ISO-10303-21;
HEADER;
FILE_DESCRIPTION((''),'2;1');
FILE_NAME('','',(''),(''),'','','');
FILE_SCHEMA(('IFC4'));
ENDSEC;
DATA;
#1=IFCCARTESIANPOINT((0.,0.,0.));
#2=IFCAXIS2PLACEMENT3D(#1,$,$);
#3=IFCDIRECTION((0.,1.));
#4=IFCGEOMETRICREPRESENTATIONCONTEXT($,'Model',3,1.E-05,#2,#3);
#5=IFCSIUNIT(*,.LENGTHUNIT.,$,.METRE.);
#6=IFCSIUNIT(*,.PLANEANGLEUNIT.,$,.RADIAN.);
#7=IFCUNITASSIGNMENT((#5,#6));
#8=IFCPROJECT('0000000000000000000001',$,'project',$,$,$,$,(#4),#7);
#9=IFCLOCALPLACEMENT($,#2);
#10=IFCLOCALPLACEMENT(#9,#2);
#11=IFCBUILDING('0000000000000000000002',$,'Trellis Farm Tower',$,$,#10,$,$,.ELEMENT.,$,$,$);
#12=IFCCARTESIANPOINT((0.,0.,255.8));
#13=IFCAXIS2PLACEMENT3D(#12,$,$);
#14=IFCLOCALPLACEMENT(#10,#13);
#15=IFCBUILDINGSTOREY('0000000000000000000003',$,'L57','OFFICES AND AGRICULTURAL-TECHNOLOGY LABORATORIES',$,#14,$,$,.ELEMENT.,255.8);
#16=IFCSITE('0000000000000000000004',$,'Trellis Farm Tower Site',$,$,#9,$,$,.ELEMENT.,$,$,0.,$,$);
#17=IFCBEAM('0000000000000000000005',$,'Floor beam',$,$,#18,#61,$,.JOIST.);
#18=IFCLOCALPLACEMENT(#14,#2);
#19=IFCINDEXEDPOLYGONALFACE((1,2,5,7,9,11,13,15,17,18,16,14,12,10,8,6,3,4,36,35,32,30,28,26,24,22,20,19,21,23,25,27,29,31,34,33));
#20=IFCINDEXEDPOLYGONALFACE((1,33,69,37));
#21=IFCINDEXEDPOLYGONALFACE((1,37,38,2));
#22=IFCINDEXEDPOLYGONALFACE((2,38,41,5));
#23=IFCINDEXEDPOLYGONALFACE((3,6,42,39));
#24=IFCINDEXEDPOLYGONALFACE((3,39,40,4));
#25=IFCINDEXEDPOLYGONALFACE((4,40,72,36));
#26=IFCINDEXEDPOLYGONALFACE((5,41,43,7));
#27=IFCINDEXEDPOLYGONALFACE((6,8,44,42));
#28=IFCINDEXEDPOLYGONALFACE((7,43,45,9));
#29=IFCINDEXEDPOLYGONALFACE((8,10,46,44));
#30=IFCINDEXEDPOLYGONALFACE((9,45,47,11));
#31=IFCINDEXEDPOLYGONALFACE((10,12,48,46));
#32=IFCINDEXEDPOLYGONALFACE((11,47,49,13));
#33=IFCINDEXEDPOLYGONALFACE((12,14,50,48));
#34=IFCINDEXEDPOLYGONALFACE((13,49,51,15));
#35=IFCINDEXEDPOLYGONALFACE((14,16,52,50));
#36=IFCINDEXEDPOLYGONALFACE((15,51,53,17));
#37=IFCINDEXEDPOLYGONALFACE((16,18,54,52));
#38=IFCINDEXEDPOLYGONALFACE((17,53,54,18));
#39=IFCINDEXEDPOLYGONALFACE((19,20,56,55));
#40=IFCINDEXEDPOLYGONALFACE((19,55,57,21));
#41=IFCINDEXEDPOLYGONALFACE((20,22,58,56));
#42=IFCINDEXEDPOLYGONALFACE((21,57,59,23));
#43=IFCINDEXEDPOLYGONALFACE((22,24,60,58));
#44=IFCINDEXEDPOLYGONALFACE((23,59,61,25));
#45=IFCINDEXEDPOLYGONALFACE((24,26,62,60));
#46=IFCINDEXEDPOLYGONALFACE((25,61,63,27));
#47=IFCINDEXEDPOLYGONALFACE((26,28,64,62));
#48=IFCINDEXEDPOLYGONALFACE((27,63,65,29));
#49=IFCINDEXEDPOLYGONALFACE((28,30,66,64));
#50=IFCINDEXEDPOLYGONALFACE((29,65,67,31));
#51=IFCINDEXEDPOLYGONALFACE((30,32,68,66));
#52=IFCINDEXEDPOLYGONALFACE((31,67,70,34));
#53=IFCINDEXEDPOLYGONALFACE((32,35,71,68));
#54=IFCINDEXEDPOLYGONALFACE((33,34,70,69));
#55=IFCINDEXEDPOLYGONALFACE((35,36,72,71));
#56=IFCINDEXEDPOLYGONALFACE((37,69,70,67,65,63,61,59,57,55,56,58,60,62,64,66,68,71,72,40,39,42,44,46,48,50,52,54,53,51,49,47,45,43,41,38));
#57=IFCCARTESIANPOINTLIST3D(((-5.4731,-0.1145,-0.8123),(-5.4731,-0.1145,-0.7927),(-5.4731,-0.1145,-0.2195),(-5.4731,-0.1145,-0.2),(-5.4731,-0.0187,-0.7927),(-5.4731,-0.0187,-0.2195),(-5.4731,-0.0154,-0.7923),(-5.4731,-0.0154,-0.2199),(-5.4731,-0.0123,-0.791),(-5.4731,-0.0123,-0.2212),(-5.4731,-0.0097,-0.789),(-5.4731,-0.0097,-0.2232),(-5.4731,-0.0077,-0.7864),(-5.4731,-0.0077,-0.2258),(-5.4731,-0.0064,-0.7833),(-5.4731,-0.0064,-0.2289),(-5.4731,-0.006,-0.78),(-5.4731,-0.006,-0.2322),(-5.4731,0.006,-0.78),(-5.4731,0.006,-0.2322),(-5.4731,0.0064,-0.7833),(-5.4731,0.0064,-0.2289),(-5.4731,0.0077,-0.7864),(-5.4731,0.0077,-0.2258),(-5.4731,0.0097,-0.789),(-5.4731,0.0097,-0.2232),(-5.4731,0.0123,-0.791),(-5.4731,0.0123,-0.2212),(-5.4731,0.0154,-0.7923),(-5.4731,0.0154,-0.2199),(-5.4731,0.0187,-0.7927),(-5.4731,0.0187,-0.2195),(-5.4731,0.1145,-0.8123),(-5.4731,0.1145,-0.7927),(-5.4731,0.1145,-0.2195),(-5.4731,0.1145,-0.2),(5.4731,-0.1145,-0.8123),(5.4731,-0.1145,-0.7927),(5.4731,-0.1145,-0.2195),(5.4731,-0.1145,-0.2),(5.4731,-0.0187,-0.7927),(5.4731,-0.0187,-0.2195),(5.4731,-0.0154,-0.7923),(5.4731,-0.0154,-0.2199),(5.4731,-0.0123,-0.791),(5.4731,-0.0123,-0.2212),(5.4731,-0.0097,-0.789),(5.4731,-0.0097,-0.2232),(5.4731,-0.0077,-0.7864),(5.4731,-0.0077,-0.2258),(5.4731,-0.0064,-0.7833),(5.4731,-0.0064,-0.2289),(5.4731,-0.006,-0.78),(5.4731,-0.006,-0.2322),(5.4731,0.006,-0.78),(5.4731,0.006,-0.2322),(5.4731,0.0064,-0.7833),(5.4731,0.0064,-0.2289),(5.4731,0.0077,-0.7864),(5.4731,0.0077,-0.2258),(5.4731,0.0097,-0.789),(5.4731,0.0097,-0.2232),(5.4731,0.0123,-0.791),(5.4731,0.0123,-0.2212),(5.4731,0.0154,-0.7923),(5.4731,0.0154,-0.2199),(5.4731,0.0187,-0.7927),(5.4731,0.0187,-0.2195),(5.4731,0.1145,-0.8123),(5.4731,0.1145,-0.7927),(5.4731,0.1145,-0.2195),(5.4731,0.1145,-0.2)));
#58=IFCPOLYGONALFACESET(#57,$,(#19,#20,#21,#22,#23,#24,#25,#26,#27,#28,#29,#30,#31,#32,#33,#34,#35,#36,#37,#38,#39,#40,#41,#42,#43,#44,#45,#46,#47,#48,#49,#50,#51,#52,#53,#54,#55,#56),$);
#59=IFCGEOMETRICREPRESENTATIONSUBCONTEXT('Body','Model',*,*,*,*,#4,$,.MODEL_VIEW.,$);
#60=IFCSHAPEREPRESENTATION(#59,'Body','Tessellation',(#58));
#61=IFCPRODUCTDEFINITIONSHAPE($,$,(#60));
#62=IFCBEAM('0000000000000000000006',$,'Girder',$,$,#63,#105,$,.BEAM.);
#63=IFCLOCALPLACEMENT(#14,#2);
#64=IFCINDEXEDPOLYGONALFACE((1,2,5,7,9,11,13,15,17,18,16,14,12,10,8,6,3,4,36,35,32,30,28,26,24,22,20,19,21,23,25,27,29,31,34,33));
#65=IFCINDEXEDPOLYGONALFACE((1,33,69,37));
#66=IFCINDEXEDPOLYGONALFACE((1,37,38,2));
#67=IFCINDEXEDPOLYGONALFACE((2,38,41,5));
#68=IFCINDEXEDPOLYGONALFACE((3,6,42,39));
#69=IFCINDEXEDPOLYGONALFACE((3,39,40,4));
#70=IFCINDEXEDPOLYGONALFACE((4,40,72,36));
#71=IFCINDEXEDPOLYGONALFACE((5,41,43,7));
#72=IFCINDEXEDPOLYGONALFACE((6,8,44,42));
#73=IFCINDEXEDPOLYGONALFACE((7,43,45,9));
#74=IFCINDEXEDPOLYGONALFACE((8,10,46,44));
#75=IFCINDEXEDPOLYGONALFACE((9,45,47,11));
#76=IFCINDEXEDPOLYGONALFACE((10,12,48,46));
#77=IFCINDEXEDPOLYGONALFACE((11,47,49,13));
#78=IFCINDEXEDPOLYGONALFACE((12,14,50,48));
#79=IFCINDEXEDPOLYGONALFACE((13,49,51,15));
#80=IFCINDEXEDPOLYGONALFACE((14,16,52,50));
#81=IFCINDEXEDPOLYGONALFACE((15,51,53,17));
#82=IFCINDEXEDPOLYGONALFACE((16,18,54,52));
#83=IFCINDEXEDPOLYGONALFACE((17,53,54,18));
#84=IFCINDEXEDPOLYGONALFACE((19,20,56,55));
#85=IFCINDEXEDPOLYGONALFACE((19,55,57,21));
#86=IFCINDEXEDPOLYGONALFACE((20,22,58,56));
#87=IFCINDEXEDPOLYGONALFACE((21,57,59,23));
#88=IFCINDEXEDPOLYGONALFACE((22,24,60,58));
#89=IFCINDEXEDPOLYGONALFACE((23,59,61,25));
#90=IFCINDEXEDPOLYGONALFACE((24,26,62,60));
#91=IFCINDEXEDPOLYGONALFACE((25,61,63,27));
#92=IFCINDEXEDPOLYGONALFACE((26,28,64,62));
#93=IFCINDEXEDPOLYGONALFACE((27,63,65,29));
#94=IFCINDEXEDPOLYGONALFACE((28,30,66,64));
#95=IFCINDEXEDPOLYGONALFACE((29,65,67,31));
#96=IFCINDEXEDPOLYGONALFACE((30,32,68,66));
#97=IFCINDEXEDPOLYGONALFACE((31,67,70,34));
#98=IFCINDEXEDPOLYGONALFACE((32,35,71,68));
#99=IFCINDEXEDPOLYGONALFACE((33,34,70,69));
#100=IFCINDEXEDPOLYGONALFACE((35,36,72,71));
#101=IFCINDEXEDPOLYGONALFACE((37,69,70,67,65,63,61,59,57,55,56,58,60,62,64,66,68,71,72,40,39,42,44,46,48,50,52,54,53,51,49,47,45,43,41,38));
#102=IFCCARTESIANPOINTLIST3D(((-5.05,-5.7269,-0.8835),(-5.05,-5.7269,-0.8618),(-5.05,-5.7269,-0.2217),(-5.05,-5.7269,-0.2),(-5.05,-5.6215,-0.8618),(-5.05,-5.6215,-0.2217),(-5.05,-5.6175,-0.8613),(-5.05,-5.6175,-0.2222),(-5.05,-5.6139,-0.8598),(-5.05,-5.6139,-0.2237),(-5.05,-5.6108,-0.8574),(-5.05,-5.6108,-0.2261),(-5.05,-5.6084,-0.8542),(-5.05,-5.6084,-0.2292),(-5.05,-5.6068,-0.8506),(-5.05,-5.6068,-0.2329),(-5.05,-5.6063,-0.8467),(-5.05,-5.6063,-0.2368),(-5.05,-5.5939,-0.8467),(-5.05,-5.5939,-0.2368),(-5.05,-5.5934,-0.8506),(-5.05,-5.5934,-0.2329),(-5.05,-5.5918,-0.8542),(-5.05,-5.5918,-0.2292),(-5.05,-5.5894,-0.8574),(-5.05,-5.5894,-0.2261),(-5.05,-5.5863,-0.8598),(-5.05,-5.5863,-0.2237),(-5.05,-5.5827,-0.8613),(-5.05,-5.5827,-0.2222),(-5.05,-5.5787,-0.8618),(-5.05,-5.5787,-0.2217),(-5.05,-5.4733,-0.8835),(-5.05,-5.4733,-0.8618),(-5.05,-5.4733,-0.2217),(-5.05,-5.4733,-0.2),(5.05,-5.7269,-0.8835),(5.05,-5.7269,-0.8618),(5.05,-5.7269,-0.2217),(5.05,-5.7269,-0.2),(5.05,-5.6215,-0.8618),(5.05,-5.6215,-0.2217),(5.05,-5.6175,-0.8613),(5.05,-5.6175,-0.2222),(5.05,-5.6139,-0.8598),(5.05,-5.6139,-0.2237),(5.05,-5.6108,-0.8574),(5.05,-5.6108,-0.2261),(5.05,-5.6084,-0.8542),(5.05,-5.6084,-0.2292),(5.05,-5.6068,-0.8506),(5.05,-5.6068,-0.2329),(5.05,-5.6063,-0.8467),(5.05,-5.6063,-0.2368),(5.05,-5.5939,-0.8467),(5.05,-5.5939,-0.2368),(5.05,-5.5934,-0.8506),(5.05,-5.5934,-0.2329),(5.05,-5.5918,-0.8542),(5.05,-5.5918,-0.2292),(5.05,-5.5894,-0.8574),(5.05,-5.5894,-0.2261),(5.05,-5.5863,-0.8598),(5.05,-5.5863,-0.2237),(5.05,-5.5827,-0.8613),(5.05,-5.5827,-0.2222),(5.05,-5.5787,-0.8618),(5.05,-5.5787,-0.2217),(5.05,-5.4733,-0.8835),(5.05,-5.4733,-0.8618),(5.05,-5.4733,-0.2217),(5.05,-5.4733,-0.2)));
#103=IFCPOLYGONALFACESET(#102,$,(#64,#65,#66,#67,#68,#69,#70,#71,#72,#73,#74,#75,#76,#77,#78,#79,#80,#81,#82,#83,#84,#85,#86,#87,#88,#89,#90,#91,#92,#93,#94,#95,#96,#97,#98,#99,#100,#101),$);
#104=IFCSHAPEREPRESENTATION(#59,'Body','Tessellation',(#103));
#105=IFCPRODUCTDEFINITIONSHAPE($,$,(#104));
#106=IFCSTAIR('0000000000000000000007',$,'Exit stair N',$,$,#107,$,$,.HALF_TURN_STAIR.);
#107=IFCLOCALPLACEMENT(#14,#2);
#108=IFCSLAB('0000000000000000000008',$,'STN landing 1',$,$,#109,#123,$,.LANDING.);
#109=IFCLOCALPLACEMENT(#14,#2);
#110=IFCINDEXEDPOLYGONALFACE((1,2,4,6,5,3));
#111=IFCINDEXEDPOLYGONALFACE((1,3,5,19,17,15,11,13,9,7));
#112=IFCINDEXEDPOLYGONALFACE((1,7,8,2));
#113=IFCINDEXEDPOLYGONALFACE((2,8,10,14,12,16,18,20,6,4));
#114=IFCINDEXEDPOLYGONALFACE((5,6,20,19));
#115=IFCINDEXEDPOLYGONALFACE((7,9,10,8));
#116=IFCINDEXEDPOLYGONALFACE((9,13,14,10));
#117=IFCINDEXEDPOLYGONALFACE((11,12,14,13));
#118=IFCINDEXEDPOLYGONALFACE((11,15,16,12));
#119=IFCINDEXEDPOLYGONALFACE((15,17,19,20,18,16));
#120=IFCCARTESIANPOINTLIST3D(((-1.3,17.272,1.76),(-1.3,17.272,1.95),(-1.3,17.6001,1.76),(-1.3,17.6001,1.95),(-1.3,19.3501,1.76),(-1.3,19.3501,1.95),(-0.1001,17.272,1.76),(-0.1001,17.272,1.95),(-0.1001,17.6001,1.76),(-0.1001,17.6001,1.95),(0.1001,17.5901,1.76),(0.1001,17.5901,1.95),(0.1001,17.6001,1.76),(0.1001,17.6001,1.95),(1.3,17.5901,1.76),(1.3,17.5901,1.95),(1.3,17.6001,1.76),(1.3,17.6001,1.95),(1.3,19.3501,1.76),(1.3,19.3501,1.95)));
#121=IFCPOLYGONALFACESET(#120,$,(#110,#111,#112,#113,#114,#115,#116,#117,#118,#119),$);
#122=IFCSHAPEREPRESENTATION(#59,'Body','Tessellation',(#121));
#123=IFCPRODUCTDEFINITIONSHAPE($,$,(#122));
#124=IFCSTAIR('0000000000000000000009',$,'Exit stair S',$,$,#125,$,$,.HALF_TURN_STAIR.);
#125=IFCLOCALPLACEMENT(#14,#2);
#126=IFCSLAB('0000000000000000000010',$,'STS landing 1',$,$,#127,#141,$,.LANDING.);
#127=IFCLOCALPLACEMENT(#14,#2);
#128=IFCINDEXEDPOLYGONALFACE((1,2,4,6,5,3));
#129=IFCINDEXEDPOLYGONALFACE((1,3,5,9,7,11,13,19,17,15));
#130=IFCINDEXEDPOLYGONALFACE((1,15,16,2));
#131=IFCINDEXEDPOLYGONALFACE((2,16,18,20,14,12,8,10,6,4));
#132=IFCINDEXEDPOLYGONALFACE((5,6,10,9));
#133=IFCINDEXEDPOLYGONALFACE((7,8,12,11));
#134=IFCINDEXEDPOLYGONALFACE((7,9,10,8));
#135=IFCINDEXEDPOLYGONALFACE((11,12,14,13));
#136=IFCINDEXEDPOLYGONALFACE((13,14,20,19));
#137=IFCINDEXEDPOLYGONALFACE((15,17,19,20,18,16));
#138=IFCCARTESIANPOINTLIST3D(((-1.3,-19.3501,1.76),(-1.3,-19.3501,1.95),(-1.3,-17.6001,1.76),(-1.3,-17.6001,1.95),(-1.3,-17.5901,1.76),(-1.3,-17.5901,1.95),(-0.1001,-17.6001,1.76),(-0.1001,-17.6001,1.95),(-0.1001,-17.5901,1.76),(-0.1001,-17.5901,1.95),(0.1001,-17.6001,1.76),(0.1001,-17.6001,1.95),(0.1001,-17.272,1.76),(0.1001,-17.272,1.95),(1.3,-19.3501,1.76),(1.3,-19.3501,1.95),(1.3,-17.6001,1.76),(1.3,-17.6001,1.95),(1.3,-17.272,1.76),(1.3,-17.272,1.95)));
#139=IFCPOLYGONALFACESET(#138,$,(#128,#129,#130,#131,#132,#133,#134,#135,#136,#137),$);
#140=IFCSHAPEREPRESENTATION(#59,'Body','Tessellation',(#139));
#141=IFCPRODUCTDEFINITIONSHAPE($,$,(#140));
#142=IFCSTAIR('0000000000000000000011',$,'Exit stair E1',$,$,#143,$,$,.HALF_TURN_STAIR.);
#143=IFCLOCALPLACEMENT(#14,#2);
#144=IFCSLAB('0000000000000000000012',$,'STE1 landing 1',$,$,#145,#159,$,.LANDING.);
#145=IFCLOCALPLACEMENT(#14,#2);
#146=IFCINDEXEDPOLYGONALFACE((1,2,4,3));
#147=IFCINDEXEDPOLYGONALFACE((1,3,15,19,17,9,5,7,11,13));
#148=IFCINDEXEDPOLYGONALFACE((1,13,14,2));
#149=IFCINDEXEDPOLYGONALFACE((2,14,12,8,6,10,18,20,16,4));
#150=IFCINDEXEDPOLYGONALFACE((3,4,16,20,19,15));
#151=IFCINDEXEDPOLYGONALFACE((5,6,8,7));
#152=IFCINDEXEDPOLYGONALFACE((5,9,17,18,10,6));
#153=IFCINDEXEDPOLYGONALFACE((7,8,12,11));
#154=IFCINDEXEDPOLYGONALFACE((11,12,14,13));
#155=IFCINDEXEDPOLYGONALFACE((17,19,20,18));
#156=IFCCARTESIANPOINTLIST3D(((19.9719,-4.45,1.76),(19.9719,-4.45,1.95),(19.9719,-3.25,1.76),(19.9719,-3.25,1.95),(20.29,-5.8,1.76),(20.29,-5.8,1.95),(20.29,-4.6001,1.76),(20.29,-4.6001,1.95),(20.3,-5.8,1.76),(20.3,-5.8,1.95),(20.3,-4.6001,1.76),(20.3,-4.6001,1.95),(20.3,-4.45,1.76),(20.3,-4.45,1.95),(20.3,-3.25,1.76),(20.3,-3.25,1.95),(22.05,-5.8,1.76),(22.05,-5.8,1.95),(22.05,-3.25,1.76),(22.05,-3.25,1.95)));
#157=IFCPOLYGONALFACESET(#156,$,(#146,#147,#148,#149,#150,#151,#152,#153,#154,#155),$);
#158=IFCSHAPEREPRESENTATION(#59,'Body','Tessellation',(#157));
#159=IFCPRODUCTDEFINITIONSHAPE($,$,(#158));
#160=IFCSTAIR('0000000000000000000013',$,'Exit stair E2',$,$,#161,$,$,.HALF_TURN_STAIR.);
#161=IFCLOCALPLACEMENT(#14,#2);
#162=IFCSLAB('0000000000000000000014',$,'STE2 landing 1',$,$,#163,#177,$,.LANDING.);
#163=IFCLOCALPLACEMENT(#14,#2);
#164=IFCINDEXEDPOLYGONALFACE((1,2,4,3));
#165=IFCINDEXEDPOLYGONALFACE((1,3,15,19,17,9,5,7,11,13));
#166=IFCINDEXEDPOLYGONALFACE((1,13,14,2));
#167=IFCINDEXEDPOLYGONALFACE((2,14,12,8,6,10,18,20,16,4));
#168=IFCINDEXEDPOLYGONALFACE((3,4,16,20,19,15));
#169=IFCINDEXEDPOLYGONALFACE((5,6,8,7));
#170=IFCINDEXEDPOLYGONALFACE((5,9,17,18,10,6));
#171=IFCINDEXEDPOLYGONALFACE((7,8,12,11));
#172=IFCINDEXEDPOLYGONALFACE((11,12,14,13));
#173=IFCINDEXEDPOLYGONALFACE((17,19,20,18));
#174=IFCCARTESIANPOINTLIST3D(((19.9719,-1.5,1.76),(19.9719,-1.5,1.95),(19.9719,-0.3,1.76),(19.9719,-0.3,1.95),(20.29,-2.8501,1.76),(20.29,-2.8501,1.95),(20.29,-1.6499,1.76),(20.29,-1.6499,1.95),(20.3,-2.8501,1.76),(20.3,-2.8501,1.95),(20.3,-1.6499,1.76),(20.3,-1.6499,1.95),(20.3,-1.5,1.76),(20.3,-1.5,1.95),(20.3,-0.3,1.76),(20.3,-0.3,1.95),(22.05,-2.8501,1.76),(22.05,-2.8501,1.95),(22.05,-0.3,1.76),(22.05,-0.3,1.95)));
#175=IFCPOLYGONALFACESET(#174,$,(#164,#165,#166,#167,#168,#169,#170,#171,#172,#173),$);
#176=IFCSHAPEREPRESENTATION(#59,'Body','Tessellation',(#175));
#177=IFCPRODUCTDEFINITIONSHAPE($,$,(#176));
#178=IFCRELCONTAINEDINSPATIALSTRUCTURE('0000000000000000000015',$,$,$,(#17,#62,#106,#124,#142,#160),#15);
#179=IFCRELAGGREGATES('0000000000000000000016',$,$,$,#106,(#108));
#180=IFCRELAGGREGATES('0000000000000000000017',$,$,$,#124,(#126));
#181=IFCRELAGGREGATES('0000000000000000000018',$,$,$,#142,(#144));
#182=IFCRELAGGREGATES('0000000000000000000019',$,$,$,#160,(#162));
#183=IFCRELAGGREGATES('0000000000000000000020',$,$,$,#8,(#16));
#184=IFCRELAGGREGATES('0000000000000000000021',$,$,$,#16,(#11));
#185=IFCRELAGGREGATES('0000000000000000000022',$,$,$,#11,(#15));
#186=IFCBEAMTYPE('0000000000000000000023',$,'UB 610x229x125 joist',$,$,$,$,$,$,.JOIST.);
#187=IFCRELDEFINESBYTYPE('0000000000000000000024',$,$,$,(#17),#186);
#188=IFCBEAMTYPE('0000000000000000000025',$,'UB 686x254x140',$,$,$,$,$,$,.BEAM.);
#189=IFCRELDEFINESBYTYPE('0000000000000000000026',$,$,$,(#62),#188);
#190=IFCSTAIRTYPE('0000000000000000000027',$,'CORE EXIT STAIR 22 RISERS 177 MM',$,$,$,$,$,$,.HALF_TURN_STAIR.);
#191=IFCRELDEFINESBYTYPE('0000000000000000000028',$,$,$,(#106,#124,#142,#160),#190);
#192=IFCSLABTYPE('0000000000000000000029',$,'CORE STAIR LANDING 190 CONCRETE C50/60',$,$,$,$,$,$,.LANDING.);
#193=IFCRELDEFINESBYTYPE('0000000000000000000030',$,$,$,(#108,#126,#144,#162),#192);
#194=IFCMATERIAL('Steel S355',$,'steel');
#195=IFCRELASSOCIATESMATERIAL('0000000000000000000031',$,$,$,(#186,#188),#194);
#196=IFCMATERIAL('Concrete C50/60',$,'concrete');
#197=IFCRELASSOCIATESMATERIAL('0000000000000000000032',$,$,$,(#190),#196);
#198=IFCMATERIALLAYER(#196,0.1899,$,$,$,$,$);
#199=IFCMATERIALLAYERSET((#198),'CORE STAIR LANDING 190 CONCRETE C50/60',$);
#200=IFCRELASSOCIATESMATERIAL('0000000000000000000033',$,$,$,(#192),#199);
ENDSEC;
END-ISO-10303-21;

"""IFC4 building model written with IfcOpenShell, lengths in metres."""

from ifc_helpers import new_model, si_unit, direction, frame, origin, origin_2d, place, context, subcontext, project, spatial, polyline, i_section, outline, extrude, source, transform, mapped, material, layer, layer_set, material_profile, profile_set, type_object, element, aggregate, save


model = new_model("IFC4")

# Units and contexts
model_context = context("Model", 3, precision=1e-05, world=origin(), true_north=direction((0.0, 1.0)))
body_context = subcontext(model_context, "Body", "Model", "MODEL_VIEW")
ifc_project = project(units=[si_unit("LENGTHUNIT", "METRE"), si_unit("PLANEANGLEUNIT", "RADIAN")], contexts=[model_context])

# Site, building, storey
site_placement = place(None, origin())
site = spatial("IfcSite", under=ifc_project, at=site_placement, Name="Trellis Farm Tower Site", CompositionType="ELEMENT", RefElevation=0.0)
building_placement = place(site_placement, origin())
building = spatial("IfcBuilding", under=site, at=building_placement, Name="Trellis Farm Tower", CompositionType="ELEMENT")
storey_placement = place(building_placement, frame((0.0, 0.0, 255.8)))
storey = spatial("IfcBuildingStorey", under=building, at=storey_placement, Name="L57", Description="OFFICES AND AGRICULTURAL-TECHNOLOGY LABORATORIES", CompositionType="ELEMENT", Elevation=255.8)

# Beams
ifc_material_1 = material(Name="Steel S355", Category="steel")
ifc_material_profile_1 = material_profile(ifc_material_1, i_section(OverallWidth=0.229, OverallDepth=0.6123, WebThickness=0.012, FlangeThickness=0.0195, FilletRadius=0.0127, at=origin_2d()), Name="UB 610x229x125")
ifc_profile_set_1 = profile_set([ifc_material_profile_1], Name="Steel S355")
beam_type_1 = type_object("IfcBeamType", Name="UB 610x229x125 joist", PredefinedType="JOIST", material=ifc_profile_set_1)
shared_shape_1 = source(origin(), body_context, "Body", "SweptSolid", [
    extrude(i_section(OverallWidth=0.229, OverallDepth=0.6123, WebThickness=0.012, FlangeThickness=0.0195, FilletRadius=0.0127, at=origin_2d()), origin(), (0.0, 0.0, 1.0), 10.9463),
])
beam_1_placement = place(storey_placement, frame((-5.4731, 0.0, -0.5061), z_axis=(1.0, 0.0, 0.0), x_axis=(0.0, 1.0, 0.0)))
element("IfcBeam", 1, at=beam_1_placement, inside=storey, type_object=beam_type_1, Name="Floor beam", PredefinedType="JOIST", context=body_context, shape_type="MappedRepresentation", body=[
    mapped(shared_shape_1, transform((0.0, 0.0, 0.0))),
])
ifc_material_profile_2 = material_profile(ifc_material_1, i_section(OverallWidth=0.2537, OverallDepth=0.6836, WebThickness=0.0125, FlangeThickness=0.0217, FilletRadius=0.0151, at=origin_2d()), Name="UB 686x254x140")
ifc_profile_set_2 = profile_set([ifc_material_profile_2], Name="Steel S355")
beam_type_2 = type_object("IfcBeamType", Name="UB 686x254x140", PredefinedType="BEAM", material=ifc_profile_set_2)
shared_shape_2 = source(origin(), body_context, "Body", "SweptSolid", [
    extrude(i_section(OverallWidth=0.2537, OverallDepth=0.6836, WebThickness=0.0125, FlangeThickness=0.0217, FilletRadius=0.0151, at=origin_2d()), origin(), (0.0, 0.0, 1.0), 10.1001),
])
beam_2_placement = place(storey_placement, frame((-5.05, -5.6001, -0.5417), z_axis=(1.0, 0.0, 0.0), x_axis=(0.0, 1.0, 0.0)))
element("IfcBeam", 2, at=beam_2_placement, inside=storey, type_object=beam_type_2, Name="Girder", PredefinedType="BEAM", context=body_context, shape_type="MappedRepresentation", body=[
    mapped(shared_shape_2, transform((0.0, 0.0, 0.0))),
])

# Stairs, slabs
ifc_material_2 = material(Name="Concrete C50/60", Category="concrete")
stair_type = type_object("IfcStairType", Name="CORE EXIT STAIR 22 RISERS 177 MM", PredefinedType="HALF_TURN_STAIR", material=ifc_material_2)
placement_1 = place(storey_placement, origin())
stair_1 = element("IfcStair", 3, at=placement_1, inside=storey, type_object=stair_type, Name="Exit stair N", PredefinedType="HALF_TURN_STAIR")
ifc_layer_1 = layer(ifc_material_2, 0.1899)
ifc_layer_set_1 = layer_set([ifc_layer_1], Name="CORE STAIR LANDING 190 CONCRETE C50/60")
slab_type_1 = type_object("IfcSlabType", Name="CORE STAIR LANDING 190 CONCRETE C50/60", PredefinedType="LANDING", material=ifc_layer_set_1)
shared_shape_3 = source(origin(), body_context, "Body", "SweptSolid", [
    extrude(outline(polyline([(-0.1001, 17.272), (-1.3, 17.272), (-1.3, 17.6001), (-1.3, 19.3501), (1.3, 19.3501), (1.3, 17.6001), (1.3, 17.5901), (0.1001, 17.5901), (0.1001, 17.6001), (-0.1001, 17.6001), (-0.1001, 17.272)])), origin(), (0.0, 0.0, 1.0), 0.1899),
])
placement_2 = place(storey_placement, frame((0.0, 0.0, 1.76)))
slab_1 = element("IfcSlab", 4, at=placement_2, type_object=slab_type_1, Name="STN landing 1", PredefinedType="LANDING", context=body_context, shape_type="MappedRepresentation", body=[
    mapped(shared_shape_3, transform((0.0, 0.0, 0.0))),
])
aggregate(stair_1, [slab_1])
stair_2 = element("IfcStair", 5, at=placement_1, inside=storey, type_object=stair_type, Name="Exit stair S", PredefinedType="HALF_TURN_STAIR")
shared_shape_4 = source(origin(), body_context, "Body", "SweptSolid", [
    extrude(outline(polyline([(1.3, -19.3501), (-1.3, -19.3501), (-1.3, -17.6001), (-1.3, -17.5901), (-0.1001, -17.5901), (-0.1001, -17.6001), (0.1001, -17.6001), (0.1001, -17.272), (1.3, -17.272), (1.3, -17.6001), (1.3, -19.3501)])), origin(), (0.0, 0.0, 1.0), 0.1899),
])
slab_2 = element("IfcSlab", 6, at=placement_2, type_object=slab_type_1, Name="STS landing 1", PredefinedType="LANDING", context=body_context, shape_type="MappedRepresentation", body=[
    mapped(shared_shape_4, transform((0.0, 0.0, 0.0))),
])
aggregate(stair_2, [slab_2])
stair_3 = element("IfcStair", 7, at=placement_1, inside=storey, type_object=stair_type, Name="Exit stair E1", PredefinedType="HALF_TURN_STAIR")
shared_shape_5 = source(origin(), body_context, "Body", "SweptSolid", [
    extrude(outline(polyline([(20.29, -5.8), (20.29, -4.6001), (20.3, -4.6001), (20.3, -4.45), (19.9719, -4.45), (19.9719, -3.25), (20.3, -3.25), (22.05, -3.25), (22.05, -5.8), (20.3, -5.8), (20.29, -5.8)])), origin(), (0.0, 0.0, 1.0), 0.1899),
])
slab_3 = element("IfcSlab", 8, at=placement_2, type_object=slab_type_1, Name="STE1 landing 1", PredefinedType="LANDING", context=body_context, shape_type="MappedRepresentation", body=[
    mapped(shared_shape_5, transform((0.0, 0.0, 0.0))),
])
aggregate(stair_3, [slab_3])
stair_4 = element("IfcStair", 9, at=placement_1, inside=storey, type_object=stair_type, Name="Exit stair E2", PredefinedType="HALF_TURN_STAIR")
shared_shape_6 = source(origin(), body_context, "Body", "SweptSolid", [
    extrude(outline(polyline([(20.29, -2.8501), (20.29, -1.6499), (20.3, -1.6499), (20.3, -1.5), (19.9719, -1.5), (19.9719, -0.3), (20.3, -0.3), (22.05, -0.3), (22.05, -2.8501), (20.3, -2.8501), (20.29, -2.8501)])), origin(), (0.0, 0.0, 1.0), 0.1899),
])
slab_4 = element("IfcSlab", 10, at=placement_2, type_object=slab_type_1, Name="STE2 landing 1", PredefinedType="LANDING", context=body_context, shape_type="MappedRepresentation", body=[
    mapped(shared_shape_6, transform((0.0, 0.0, 0.0))),
])
aggregate(stair_4, [slab_4])

save(model, "model.ifc")
